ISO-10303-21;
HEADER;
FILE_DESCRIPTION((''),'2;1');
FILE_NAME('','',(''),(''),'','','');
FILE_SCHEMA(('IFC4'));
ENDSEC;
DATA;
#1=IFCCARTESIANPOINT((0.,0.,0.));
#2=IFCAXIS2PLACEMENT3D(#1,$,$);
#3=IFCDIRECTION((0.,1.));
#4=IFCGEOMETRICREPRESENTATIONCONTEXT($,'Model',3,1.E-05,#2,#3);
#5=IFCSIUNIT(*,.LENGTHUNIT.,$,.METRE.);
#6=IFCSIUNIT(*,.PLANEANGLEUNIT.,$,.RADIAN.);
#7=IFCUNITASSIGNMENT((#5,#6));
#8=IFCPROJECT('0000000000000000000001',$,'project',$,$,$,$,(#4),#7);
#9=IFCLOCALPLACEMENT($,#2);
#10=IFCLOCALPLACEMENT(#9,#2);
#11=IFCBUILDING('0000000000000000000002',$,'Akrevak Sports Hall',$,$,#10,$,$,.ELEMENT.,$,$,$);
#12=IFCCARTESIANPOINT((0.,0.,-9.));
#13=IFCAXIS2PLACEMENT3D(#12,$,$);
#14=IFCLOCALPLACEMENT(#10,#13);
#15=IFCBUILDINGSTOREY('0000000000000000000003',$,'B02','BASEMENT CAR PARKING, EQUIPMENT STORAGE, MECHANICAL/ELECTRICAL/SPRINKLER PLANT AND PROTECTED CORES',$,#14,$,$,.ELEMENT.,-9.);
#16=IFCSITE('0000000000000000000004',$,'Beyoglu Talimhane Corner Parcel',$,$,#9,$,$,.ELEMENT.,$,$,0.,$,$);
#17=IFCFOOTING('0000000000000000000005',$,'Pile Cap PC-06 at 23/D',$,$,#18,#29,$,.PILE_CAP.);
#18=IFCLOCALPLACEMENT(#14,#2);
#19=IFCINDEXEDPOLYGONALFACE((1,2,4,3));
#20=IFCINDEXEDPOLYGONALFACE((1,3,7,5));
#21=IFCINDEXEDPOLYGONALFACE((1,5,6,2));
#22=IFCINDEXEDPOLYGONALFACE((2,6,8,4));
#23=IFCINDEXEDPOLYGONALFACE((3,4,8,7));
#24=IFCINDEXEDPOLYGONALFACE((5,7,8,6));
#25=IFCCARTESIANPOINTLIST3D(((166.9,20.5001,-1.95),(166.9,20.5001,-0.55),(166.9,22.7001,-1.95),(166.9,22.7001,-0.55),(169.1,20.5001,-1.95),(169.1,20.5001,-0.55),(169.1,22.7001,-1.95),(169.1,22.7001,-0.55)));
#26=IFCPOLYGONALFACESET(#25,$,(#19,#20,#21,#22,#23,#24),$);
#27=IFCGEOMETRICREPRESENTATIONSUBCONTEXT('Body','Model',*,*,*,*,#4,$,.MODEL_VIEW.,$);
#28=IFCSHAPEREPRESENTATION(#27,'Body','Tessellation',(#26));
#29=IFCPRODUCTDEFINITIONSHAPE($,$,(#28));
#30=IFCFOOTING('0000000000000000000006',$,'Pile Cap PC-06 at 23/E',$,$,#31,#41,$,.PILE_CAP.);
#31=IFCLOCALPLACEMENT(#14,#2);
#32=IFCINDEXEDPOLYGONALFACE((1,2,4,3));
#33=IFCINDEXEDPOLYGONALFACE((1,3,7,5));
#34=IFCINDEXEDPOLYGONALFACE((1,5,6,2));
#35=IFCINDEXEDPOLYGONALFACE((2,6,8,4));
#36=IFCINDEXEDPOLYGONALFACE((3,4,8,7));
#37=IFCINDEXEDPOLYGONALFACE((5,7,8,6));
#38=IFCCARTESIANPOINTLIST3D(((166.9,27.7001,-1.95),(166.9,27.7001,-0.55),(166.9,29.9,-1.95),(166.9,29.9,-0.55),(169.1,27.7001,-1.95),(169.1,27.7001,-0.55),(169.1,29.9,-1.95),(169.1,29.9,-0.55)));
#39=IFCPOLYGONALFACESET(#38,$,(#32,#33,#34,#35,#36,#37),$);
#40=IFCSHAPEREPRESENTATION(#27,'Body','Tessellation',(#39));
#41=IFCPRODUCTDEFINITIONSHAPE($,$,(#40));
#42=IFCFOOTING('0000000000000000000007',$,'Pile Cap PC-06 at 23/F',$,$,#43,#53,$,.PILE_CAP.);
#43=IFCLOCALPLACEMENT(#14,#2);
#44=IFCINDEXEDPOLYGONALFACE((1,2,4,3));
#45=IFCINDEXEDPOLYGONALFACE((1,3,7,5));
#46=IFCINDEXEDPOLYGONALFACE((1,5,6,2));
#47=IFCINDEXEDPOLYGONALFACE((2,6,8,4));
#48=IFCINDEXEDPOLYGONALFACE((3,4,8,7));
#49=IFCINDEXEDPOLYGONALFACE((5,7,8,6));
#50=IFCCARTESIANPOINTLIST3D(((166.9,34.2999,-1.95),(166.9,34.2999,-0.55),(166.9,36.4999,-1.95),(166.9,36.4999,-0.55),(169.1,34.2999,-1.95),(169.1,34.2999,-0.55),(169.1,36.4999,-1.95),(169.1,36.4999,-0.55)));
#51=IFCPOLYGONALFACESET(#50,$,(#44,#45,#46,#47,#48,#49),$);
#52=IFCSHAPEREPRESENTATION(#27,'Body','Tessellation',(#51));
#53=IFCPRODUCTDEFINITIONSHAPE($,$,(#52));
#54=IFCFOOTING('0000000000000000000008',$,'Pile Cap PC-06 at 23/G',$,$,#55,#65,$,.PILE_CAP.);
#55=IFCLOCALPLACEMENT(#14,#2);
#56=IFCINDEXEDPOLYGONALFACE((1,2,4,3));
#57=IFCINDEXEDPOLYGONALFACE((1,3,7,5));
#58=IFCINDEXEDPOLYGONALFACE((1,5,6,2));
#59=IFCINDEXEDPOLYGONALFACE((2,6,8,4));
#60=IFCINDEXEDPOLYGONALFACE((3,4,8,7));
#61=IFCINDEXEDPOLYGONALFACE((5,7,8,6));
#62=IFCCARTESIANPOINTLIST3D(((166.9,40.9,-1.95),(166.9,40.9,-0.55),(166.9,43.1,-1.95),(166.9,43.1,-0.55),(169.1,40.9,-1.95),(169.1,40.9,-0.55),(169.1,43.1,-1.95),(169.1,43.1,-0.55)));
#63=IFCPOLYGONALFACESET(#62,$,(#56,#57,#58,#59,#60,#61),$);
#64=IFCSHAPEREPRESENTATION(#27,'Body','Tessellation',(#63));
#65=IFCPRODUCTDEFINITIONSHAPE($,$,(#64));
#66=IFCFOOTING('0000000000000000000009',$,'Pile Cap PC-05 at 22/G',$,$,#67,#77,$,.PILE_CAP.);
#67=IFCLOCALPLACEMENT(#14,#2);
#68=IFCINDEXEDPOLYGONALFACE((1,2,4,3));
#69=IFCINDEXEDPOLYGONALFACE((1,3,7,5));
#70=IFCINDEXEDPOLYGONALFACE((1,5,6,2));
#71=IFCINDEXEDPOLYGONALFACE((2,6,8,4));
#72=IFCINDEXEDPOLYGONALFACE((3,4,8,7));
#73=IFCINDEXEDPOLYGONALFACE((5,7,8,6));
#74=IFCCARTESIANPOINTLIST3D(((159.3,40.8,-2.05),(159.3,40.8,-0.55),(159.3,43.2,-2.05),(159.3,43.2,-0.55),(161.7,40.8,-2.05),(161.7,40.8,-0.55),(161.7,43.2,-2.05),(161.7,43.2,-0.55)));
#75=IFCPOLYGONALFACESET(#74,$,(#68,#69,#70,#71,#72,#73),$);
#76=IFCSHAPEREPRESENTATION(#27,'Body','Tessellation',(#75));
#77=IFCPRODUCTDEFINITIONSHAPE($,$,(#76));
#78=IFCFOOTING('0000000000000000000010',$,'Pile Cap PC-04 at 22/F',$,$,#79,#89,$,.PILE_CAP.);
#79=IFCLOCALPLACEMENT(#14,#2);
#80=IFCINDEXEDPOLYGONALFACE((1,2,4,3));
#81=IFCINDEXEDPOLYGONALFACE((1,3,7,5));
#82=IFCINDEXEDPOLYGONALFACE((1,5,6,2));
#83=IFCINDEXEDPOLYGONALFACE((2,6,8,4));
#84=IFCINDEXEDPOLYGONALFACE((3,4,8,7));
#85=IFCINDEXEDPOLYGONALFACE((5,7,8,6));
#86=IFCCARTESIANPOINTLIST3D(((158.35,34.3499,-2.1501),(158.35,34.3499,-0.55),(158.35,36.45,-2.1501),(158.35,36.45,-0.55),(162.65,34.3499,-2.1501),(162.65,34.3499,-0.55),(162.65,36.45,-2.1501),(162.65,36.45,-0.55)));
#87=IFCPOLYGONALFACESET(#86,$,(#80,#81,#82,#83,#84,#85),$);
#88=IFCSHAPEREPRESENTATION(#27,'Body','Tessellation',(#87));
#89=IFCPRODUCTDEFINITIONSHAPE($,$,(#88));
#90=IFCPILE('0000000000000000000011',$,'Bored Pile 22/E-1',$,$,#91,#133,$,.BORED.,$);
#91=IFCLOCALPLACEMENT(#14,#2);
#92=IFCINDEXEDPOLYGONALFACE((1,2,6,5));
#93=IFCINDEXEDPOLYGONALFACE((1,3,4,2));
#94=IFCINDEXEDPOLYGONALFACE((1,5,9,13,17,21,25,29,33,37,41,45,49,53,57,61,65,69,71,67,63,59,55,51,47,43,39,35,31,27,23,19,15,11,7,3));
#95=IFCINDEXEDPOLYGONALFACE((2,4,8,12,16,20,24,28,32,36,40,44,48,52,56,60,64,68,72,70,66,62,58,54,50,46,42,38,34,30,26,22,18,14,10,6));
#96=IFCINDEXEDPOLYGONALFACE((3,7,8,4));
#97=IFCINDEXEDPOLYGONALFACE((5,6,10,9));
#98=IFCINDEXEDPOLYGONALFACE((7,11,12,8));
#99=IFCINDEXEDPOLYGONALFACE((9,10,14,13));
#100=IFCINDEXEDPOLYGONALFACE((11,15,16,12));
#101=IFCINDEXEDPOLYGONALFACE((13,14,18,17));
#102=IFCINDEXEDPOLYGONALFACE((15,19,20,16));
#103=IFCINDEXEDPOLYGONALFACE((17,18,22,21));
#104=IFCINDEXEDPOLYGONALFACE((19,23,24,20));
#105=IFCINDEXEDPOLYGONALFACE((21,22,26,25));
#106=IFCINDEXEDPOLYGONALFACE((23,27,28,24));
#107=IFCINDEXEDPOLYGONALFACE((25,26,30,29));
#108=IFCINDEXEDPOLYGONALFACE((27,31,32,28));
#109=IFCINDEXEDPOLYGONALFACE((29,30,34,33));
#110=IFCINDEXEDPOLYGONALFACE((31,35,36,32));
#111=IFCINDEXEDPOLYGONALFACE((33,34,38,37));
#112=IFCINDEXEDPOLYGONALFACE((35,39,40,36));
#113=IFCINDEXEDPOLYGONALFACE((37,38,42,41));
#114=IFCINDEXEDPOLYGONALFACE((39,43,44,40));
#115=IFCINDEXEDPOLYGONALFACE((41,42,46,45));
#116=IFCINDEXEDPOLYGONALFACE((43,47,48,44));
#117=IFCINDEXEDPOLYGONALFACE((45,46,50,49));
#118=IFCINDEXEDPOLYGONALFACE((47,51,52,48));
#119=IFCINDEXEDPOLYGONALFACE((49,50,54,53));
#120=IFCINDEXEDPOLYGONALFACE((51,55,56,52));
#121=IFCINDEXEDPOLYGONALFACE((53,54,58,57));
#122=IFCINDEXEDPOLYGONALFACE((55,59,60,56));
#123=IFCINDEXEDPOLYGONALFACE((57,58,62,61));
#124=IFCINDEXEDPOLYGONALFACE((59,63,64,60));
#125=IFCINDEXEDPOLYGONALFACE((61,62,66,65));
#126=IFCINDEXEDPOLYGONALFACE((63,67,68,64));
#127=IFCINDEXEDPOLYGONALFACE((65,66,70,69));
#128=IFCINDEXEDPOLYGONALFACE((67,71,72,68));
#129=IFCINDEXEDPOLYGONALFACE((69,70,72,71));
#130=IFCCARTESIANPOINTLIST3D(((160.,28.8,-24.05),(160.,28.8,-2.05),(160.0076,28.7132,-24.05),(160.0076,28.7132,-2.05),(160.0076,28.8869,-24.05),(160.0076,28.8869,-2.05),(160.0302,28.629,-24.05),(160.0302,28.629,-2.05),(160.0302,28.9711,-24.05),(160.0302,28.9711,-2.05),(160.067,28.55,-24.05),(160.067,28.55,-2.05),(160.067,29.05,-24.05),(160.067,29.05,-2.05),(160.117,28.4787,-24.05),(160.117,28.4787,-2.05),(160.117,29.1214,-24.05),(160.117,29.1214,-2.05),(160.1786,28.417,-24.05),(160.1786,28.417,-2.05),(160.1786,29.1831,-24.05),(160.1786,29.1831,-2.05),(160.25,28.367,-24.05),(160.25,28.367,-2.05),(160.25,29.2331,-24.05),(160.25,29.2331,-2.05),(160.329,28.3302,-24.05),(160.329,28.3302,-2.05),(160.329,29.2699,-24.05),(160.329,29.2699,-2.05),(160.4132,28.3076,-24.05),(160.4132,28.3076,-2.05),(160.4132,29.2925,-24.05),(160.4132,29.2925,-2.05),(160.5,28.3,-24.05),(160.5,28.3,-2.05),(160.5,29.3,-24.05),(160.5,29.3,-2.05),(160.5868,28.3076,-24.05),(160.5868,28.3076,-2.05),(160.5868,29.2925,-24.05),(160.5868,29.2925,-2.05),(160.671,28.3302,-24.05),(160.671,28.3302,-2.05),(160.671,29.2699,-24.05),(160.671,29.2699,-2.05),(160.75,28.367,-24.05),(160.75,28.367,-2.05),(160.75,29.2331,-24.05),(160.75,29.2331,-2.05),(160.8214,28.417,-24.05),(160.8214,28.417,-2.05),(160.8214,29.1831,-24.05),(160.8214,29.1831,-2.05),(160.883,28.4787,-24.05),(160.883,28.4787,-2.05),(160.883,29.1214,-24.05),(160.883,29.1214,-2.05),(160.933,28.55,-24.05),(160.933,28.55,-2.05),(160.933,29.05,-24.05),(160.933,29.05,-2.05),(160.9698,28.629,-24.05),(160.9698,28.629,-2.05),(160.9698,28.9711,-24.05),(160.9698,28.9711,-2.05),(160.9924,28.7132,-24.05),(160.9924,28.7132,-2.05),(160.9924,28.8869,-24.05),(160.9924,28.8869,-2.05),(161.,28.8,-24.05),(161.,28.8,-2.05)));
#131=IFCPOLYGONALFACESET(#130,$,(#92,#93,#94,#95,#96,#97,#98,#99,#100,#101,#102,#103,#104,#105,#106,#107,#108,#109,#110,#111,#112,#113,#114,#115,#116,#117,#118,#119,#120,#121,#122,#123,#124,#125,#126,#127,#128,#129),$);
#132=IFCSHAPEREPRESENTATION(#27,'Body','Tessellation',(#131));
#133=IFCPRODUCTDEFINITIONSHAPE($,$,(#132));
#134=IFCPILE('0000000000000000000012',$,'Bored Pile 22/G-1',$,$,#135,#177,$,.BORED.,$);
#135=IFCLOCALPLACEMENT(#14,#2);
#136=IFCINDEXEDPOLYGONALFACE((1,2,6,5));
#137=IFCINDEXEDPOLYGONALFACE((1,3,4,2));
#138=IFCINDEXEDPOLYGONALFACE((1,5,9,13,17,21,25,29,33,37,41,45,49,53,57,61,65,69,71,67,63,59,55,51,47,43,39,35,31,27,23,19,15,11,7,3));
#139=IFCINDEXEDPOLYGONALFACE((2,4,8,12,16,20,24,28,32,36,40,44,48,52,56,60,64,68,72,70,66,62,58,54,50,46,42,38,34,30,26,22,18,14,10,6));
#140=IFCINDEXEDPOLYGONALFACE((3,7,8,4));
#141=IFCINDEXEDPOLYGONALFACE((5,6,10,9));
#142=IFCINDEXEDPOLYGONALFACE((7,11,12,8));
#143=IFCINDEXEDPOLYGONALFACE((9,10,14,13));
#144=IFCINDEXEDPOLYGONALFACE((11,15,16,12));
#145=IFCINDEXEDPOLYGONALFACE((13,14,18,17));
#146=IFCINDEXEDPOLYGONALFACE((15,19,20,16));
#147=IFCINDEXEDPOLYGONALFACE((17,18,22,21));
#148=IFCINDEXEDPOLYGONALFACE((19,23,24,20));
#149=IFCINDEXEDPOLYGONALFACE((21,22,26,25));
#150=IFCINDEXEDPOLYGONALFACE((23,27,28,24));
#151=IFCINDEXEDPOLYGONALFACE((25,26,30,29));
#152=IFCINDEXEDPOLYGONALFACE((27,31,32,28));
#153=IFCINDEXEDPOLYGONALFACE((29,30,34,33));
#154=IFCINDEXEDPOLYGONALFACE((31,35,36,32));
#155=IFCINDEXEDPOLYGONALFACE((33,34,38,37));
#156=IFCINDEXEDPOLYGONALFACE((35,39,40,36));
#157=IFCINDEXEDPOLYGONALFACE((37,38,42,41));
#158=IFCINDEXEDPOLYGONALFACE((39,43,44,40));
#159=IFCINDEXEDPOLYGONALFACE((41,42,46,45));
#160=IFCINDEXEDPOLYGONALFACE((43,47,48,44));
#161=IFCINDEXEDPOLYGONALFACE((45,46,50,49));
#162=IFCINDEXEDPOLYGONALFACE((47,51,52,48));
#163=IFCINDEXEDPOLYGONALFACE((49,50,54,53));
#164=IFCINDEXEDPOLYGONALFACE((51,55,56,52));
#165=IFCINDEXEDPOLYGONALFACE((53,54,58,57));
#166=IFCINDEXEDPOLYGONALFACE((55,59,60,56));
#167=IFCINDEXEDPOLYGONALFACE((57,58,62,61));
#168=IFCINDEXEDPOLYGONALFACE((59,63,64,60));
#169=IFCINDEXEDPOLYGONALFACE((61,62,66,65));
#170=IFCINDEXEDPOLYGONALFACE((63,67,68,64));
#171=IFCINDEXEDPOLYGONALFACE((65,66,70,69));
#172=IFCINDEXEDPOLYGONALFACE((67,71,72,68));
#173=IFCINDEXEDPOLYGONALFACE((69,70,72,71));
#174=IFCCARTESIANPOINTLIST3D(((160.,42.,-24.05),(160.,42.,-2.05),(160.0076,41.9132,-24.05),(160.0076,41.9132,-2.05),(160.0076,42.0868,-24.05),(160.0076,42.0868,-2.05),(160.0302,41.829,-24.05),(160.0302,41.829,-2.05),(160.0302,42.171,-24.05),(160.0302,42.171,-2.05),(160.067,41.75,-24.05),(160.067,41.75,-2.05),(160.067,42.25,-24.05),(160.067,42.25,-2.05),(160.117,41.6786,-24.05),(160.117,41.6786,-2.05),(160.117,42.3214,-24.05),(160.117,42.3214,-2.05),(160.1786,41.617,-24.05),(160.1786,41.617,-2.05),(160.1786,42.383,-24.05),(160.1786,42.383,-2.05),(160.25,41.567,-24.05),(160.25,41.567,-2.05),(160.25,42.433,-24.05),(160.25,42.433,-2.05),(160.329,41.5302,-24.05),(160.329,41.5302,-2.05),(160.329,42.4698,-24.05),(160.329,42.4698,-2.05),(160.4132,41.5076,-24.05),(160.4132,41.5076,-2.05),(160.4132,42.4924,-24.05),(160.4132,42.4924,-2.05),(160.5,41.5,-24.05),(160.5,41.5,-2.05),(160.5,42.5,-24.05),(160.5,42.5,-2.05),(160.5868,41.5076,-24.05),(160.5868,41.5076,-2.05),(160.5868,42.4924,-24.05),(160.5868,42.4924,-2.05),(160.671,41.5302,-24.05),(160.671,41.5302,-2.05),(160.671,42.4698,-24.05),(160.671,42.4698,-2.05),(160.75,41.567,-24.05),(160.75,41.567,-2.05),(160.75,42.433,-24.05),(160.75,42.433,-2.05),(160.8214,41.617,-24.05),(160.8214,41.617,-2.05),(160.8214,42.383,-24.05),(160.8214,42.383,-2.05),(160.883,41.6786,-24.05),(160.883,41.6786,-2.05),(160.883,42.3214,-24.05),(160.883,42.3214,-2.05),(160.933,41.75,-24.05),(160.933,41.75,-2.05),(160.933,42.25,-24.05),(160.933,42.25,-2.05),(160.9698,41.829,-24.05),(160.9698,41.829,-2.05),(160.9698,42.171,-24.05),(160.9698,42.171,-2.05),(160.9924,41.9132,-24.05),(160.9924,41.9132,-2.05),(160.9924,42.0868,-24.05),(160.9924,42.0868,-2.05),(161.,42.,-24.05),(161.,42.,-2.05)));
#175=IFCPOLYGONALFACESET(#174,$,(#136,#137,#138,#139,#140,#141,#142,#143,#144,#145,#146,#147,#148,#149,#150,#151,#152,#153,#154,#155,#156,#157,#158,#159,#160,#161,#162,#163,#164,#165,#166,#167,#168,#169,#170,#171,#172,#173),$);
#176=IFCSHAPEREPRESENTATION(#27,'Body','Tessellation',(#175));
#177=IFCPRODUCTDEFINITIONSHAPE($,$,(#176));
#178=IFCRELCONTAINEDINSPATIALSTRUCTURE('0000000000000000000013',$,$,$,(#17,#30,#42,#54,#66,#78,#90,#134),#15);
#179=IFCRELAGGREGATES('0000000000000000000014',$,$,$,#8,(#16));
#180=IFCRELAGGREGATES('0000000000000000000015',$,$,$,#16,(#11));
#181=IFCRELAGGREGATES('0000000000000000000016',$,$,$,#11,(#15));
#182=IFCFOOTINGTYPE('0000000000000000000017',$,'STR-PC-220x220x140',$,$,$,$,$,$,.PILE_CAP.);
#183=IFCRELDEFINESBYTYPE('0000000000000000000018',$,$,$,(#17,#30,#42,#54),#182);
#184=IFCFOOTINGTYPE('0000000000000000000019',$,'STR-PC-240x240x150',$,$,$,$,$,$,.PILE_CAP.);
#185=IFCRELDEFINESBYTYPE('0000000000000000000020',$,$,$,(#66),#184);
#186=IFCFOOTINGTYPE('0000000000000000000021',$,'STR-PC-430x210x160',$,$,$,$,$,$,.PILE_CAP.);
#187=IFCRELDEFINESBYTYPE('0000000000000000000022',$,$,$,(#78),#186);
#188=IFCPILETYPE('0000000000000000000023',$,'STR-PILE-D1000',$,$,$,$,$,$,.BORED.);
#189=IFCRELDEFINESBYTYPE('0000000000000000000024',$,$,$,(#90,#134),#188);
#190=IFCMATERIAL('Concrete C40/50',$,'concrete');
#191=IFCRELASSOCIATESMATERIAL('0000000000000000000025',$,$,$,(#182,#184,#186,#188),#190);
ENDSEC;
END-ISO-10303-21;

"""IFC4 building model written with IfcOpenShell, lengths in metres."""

from ifc_helpers import new_model, si_unit, direction, frame, origin, origin_2d, place, context, subcontext, project, spatial, rectangle, circle, extrude, material, material_profile, profile_set, type_object, element, save


model = new_model("IFC4")

# Units and contexts
model_context = context("Model", 3, precision=1e-05, world=origin(), true_north=direction((0.0, 1.0)))
body_context = subcontext(model_context, "Body", "Model", "MODEL_VIEW")
ifc_project = project(units=[si_unit("LENGTHUNIT", "METRE"), si_unit("PLANEANGLEUNIT", "RADIAN")], contexts=[model_context])

# Site, building, storey
site_placement = place(None, origin())
site = spatial("IfcSite", under=ifc_project, at=site_placement, Name="Beyoglu Talimhane Corner Parcel", CompositionType="ELEMENT", RefElevation=0.0)
building_placement = place(site_placement, origin())
building = spatial("IfcBuilding", under=site, at=building_placement, Name="Akrevak Sports Hall", CompositionType="ELEMENT")
storey_placement = place(building_placement, frame((0.0, 0.0, -9.0)))
storey = spatial("IfcBuildingStorey", under=building, at=storey_placement, Name="B02", Description="BASEMENT CAR PARKING, EQUIPMENT STORAGE, MECHANICAL/ELECTRICAL/SPRINKLER PLANT AND PROTECTED CORES", CompositionType="ELEMENT", Elevation=-9.0)

# Footings
ifc_material_1 = material(Name="Concrete C40/50", Category="concrete")
footing_type_1 = type_object("IfcFootingType", Name="STR-PC-220x220x140", PredefinedType="PILE_CAP", material=ifc_material_1)
for number, where, z_axis, x_axis, name in (
    (1, (168.0, 21.6001, -1.95), (0.0, 0.0, 1.0), (1.0, 0.0, 0.0), "Pile Cap PC-06 at 23/D"),
    (2, (168.0, 28.8, -1.95), (0.0, 0.0, 1.0), (1.0, 0.0, 0.0), "Pile Cap PC-06 at 23/E"),
    (3, (168.0, 35.3999, -1.95), (0.0, 0.0, 1.0), (1.0, 0.0, 0.0), "Pile Cap PC-06 at 23/F"),
    (4, (168.0, 42.0, -1.95), (0.0, 0.0, 1.0), (1.0, 0.0, 0.0), "Pile Cap PC-06 at 23/G"),
):
    element("IfcFooting", number, at=place(storey_placement, frame(where, z_axis=z_axis, x_axis=x_axis)), inside=storey, type_object=footing_type_1, Name=name, PredefinedType="PILE_CAP", context=body_context, shape_type="SweptSolid", body=[
        extrude(rectangle(XDim=2.2, YDim=2.2, at=origin_2d()), origin(), (0.0, 0.0, 1.0), 1.3999),
    ])
footing_type_2 = type_object("IfcFootingType", Name="STR-PC-240x240x150", PredefinedType="PILE_CAP", material=ifc_material_1)
footing_1_placement = place(storey_placement, frame((160.5, 42.0, -2.05), z_axis=(0.0, 0.0, 1.0), x_axis=(1.0, 0.0, 0.0)))
element("IfcFooting", 5, at=footing_1_placement, inside=storey, type_object=footing_type_2, Name="Pile Cap PC-05 at 22/G", PredefinedType="PILE_CAP", context=body_context, shape_type="SweptSolid", body=[
    extrude(rectangle(XDim=2.3999, YDim=2.3999, at=origin_2d()), origin(), (0.0, 0.0, 1.0), 1.5),
])
footing_type_3 = type_object("IfcFootingType", Name="STR-PC-430x210x160", PredefinedType="PILE_CAP", material=ifc_material_1)
footing_2_placement = place(storey_placement, frame((160.5, 35.3999, -2.1501), z_axis=(0.0, 0.0, 1.0), x_axis=(1.0, 0.0, 0.0)))
element("IfcFooting", 6, at=footing_2_placement, inside=storey, type_object=footing_type_3, Name="Pile Cap PC-04 at 22/F", PredefinedType="PILE_CAP", context=body_context, shape_type="SweptSolid", body=[
    extrude(rectangle(XDim=4.3, YDim=2.1001, at=origin_2d()), origin(), (0.0, 0.0, 1.0), 1.6001),
])

# Piles
ifc_material_profile_1 = material_profile(ifc_material_1, circle(Radius=0.5, at=origin_2d()), Name="BORED PILE D1000", Category="concrete")
ifc_profile_set_1 = profile_set([ifc_material_profile_1], Name="Concrete C40/50")
pile_type_1 = type_object("IfcPileType", Name="STR-PILE-D1000", PredefinedType="BORED", material=ifc_profile_set_1)
for number, where, z_axis, x_axis, name in (
    (7, (160.5, 28.8, -2.05), (0.0, 0.0, -1.0), (1.0, 0.0, 0.0), "Bored Pile 22/E-1"),
    (8, (160.5, 42.0, -2.05), (0.0, 0.0, -1.0), (1.0, 0.0, 0.0), "Bored Pile 22/G-1"),
):
    element("IfcPile", number, at=place(storey_placement, frame(where, z_axis=z_axis, x_axis=x_axis)), inside=storey, type_object=pile_type_1, Name=name, PredefinedType="BORED", context=body_context, shape_type="SweptSolid", body=[
        extrude(circle(Radius=0.5, at=origin_2d()), origin(), (0.0, 0.0, 1.0), 22.0),
    ])

save(model, "model.ifc")
